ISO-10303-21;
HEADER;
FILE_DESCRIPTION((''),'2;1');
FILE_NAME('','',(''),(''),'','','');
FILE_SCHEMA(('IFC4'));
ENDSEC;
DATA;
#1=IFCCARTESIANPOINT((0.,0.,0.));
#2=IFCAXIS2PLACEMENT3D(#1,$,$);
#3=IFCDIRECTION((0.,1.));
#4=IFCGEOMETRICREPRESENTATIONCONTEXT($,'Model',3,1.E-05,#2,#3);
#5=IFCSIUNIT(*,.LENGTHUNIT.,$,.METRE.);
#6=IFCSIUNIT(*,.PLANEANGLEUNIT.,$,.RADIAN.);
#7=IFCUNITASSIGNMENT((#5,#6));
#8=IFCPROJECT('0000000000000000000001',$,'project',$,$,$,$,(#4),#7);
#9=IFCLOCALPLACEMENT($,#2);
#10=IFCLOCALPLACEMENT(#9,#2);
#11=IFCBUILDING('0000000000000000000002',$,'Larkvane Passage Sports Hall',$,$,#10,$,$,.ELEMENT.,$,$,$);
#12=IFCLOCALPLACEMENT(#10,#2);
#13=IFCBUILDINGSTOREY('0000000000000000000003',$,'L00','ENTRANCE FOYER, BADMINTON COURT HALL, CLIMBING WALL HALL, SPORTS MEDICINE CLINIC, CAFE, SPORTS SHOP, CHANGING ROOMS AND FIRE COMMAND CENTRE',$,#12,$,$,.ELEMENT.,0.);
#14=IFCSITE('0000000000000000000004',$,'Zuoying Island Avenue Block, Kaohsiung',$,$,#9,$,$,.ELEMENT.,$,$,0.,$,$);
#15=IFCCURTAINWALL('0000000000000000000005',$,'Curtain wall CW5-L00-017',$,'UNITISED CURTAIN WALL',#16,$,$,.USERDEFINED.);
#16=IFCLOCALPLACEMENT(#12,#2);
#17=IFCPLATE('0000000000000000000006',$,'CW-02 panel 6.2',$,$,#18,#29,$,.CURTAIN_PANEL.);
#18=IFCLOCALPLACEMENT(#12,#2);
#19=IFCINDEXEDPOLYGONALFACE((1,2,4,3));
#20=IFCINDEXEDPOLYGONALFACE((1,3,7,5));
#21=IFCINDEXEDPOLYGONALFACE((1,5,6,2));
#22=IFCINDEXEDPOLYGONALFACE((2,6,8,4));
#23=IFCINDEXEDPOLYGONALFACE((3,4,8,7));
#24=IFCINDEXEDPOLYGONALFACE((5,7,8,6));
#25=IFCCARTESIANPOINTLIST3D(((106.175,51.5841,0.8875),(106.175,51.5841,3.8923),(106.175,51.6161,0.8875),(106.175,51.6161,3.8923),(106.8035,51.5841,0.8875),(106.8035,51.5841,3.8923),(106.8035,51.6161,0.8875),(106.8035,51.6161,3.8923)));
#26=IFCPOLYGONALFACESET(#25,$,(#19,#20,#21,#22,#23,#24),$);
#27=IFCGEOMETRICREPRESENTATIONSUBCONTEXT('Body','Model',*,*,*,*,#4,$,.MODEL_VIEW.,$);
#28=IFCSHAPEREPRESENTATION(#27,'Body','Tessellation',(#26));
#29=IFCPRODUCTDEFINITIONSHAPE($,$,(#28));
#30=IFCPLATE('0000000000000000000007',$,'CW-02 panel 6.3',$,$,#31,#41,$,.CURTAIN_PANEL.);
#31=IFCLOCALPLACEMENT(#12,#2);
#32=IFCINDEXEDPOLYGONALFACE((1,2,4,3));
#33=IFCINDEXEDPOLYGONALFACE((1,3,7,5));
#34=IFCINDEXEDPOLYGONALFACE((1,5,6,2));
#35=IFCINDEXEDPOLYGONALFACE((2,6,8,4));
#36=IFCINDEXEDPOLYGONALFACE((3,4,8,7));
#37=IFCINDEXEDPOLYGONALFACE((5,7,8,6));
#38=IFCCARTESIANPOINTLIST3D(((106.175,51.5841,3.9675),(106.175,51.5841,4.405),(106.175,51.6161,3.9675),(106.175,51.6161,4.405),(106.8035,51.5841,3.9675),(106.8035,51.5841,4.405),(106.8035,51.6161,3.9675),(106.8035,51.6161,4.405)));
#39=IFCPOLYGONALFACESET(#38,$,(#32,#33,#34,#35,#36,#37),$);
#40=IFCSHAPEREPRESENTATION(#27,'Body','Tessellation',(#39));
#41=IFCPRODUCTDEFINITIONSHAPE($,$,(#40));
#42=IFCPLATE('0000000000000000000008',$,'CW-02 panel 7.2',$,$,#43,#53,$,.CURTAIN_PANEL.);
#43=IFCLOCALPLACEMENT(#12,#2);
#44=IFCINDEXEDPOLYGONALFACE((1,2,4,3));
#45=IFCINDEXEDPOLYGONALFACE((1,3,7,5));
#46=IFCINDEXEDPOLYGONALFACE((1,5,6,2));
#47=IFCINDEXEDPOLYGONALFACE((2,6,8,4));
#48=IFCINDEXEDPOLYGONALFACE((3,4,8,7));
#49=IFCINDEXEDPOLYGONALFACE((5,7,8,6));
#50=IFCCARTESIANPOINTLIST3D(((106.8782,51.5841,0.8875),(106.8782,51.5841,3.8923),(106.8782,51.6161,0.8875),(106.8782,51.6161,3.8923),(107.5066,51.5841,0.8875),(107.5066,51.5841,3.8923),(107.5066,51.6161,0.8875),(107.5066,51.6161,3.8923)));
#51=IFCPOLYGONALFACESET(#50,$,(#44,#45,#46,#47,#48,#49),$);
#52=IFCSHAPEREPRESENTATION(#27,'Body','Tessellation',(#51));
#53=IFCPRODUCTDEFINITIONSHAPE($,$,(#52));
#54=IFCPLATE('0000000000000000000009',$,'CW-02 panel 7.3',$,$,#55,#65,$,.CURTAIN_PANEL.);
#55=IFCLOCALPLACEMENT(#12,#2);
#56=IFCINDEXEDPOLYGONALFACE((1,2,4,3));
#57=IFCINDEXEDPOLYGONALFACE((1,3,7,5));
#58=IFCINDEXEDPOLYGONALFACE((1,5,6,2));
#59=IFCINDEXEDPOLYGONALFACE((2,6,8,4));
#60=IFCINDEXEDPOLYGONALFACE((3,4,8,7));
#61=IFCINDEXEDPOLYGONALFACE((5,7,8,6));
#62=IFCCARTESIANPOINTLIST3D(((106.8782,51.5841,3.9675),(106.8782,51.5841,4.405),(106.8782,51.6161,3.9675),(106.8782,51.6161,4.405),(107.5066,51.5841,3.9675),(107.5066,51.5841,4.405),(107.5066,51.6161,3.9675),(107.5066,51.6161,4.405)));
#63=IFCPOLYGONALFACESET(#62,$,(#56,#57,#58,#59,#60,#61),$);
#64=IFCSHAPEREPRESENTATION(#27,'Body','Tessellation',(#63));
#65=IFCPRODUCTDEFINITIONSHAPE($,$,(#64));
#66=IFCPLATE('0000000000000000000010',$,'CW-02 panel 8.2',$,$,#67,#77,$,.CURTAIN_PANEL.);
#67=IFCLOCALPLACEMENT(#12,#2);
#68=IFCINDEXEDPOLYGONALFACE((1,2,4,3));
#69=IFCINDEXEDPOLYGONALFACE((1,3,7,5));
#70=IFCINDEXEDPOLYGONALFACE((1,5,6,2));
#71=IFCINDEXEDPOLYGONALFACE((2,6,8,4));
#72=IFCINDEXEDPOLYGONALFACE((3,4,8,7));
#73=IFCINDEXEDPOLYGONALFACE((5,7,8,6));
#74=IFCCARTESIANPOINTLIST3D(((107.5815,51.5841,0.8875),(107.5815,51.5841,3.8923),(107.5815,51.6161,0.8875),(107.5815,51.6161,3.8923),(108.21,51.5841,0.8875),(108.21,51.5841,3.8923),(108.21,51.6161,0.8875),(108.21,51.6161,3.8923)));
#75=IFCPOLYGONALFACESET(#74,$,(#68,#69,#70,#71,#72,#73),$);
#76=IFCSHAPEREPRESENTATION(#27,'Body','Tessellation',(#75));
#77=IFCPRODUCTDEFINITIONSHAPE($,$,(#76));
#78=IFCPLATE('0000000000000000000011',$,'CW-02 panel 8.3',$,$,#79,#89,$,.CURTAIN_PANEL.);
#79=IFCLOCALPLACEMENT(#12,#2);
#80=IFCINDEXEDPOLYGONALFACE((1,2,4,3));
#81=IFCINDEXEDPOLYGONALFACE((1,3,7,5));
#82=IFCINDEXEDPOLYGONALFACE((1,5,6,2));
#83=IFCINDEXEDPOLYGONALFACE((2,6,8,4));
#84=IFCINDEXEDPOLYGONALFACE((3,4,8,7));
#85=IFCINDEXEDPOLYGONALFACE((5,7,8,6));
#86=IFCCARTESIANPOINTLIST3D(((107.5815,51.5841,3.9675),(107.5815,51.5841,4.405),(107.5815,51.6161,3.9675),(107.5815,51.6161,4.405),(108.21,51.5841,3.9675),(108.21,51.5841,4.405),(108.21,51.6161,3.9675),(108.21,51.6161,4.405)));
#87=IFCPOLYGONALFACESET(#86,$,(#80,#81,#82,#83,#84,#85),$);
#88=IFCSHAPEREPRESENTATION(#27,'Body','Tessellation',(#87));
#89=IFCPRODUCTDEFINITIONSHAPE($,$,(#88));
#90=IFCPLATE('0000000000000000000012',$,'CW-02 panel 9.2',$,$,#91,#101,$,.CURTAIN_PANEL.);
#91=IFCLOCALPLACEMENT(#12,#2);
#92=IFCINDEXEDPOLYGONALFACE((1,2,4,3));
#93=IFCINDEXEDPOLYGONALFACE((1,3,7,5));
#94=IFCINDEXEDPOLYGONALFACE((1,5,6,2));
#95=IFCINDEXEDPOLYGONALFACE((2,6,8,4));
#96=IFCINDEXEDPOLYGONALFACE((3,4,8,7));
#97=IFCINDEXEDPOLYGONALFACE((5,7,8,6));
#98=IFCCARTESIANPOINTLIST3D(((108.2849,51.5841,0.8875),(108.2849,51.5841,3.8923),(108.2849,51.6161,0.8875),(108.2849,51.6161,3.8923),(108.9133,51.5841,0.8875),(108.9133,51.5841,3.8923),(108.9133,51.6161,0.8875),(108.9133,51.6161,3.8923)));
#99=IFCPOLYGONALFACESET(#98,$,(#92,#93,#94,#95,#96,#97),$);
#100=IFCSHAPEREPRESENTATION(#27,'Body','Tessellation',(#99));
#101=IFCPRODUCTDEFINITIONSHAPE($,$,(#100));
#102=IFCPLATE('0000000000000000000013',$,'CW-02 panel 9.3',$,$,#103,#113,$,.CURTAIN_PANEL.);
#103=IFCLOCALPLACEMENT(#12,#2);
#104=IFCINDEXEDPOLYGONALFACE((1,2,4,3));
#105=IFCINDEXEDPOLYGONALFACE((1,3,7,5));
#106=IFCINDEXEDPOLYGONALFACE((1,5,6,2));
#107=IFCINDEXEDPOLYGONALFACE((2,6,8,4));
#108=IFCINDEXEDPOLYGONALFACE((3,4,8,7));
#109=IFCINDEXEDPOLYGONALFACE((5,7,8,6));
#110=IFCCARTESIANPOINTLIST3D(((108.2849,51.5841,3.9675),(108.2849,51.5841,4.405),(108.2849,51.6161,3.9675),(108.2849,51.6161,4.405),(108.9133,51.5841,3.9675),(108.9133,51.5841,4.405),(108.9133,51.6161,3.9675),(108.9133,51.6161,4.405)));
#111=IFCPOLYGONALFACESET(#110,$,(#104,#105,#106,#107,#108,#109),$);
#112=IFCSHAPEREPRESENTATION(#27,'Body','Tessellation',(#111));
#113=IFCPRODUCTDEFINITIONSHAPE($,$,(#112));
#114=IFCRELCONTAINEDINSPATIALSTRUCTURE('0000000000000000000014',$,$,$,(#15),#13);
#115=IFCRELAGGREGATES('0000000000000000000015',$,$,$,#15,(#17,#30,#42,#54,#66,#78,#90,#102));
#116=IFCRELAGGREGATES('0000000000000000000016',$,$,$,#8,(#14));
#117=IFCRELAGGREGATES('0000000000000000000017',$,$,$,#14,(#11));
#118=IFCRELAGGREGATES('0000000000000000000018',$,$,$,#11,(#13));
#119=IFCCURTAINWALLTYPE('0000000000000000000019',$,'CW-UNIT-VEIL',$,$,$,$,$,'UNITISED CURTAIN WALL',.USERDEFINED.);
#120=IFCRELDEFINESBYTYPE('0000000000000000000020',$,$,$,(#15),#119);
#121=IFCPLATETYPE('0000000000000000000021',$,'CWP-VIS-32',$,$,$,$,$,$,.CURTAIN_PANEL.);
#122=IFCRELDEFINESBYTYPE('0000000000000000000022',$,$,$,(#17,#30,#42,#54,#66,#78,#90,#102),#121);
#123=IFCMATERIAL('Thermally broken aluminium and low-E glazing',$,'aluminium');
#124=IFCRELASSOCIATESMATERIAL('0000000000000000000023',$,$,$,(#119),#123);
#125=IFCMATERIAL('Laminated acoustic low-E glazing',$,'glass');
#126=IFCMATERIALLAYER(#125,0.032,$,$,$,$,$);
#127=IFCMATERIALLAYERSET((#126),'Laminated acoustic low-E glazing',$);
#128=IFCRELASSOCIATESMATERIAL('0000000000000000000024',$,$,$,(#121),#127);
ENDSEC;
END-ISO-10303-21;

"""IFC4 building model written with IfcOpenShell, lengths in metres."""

from ifc_helpers import new_model, si_unit, direction, frame, origin, origin_2d, place, context, subcontext, project, spatial, rectangle, extrude, material, layer, layer_set, type_object, element, aggregate, save


model = new_model("IFC4")

# Units and contexts
model_context = context("Model", 3, precision=1e-05, world=origin(), true_north=direction((0.0, 1.0)))
body_context = subcontext(model_context, "Body", "Model", "MODEL_VIEW")
ifc_project = project(units=[si_unit("LENGTHUNIT", "METRE"), si_unit("PLANEANGLEUNIT", "RADIAN")], contexts=[model_context])

# Site, building, storey
site_placement = place(None, origin())
site = spatial("IfcSite", under=ifc_project, at=site_placement, Name="Zuoying Island Avenue Block, Kaohsiung", CompositionType="ELEMENT", RefElevation=0.0)
building_placement = place(site_placement, origin())
building = spatial("IfcBuilding", under=site, at=building_placement, Name="Larkvane Passage Sports Hall", CompositionType="ELEMENT")
storey_placement = place(building_placement, origin())
storey = spatial("IfcBuildingStorey", under=building, at=storey_placement, Name="L00", Description="ENTRANCE FOYER, BADMINTON COURT HALL, CLIMBING WALL HALL, SPORTS MEDICINE CLINIC, CAFE, SPORTS SHOP, CHANGING ROOMS AND FIRE COMMAND CENTRE", CompositionType="ELEMENT", Elevation=0.0)

# Curtain wall, plates
ifc_material_1 = material(Name="Thermally broken aluminium and low-E glazing", Category="aluminium")
curtain_wall_type = type_object("IfcCurtainWallType", Name="CW-UNIT-VEIL", ElementType="UNITISED CURTAIN WALL", PredefinedType="USERDEFINED", material=ifc_material_1)
curtain_wall_placement = place(storey_placement, origin())
curtain_wall = element("IfcCurtainWall", 1, at=curtain_wall_placement, inside=storey, type_object=curtain_wall_type, Name="Curtain wall CW5-L00-017", ObjectType="UNITISED CURTAIN WALL", PredefinedType="USERDEFINED")
ifc_material_2 = material(Name="Laminated acoustic low-E glazing", Category="glass")
ifc_layer = layer(ifc_material_2, 0.032)
ifc_layer_set = layer_set([ifc_layer], Name="Laminated acoustic low-E glazing")
plate_type = type_object("IfcPlateType", Name="CWP-VIS-32", PredefinedType="CURTAIN_PANEL", material=ifc_layer_set)
plate_1_placement = place(storey_placement, frame((106.4893, 51.6001, 0.8875), z_axis=(0.0, 0.0, 1.0), x_axis=(1.0, 0.0, 0.0)))
plate_1 = element("IfcPlate", 2, at=plate_1_placement, type_object=plate_type, Name="CW-02 panel 6.2", PredefinedType="CURTAIN_PANEL", context=body_context, shape_type="SweptSolid", body=[
    extrude(rectangle(XDim=0.6284, YDim=0.032, at=origin_2d()), origin(), (0.0, 0.0, 1.0), 3.0049),
])
plate_2_placement = place(storey_placement, frame((106.4893, 51.6001, 3.9675), z_axis=(0.0, 0.0, 1.0), x_axis=(1.0, 0.0, 0.0)))
plate_2 = element("IfcPlate", 3, at=plate_2_placement, type_object=plate_type, Name="CW-02 panel 6.3", PredefinedType="CURTAIN_PANEL", context=body_context, shape_type="SweptSolid", body=[
    extrude(rectangle(XDim=0.6284, YDim=0.032, at=origin_2d()), origin(), (0.0, 0.0, 1.0), 0.4375),
])
plate_3_placement = place(storey_placement, frame((107.1924, 51.6001, 0.8875), z_axis=(0.0, 0.0, 1.0), x_axis=(1.0, 0.0, 0.0)))
plate_3 = element("IfcPlate", 4, at=plate_3_placement, type_object=plate_type, Name="CW-02 panel 7.2", PredefinedType="CURTAIN_PANEL", context=body_context, shape_type="SweptSolid", body=[
    extrude(rectangle(XDim=0.6284, YDim=0.032, at=origin_2d()), origin(), (0.0, 0.0, 1.0), 3.0049),
])
plate_4_placement = place(storey_placement, frame((107.1924, 51.6001, 3.9675), z_axis=(0.0, 0.0, 1.0), x_axis=(1.0, 0.0, 0.0)))
plate_4 = element("IfcPlate", 5, at=plate_4_placement, type_object=plate_type, Name="CW-02 panel 7.3", PredefinedType="CURTAIN_PANEL", context=body_context, shape_type="SweptSolid", body=[
    extrude(rectangle(XDim=0.6284, YDim=0.032, at=origin_2d()), origin(), (0.0, 0.0, 1.0), 0.4375),
])
plate_5_placement = place(storey_placement, frame((107.8958, 51.6001, 0.8875), z_axis=(0.0, 0.0, 1.0), x_axis=(1.0, 0.0, 0.0)))
plate_5 = element("IfcPlate", 6, at=plate_5_placement, type_object=plate_type, Name="CW-02 panel 8.2", PredefinedType="CURTAIN_PANEL", context=body_context, shape_type="SweptSolid", body=[
    extrude(rectangle(XDim=0.6284, YDim=0.032, at=origin_2d()), origin(), (0.0, 0.0, 1.0), 3.0049),
])
plate_6_placement = place(storey_placement, frame((107.8958, 51.6001, 3.9675), z_axis=(0.0, 0.0, 1.0), x_axis=(1.0, 0.0, 0.0)))
plate_6 = element("IfcPlate", 7, at=plate_6_placement, type_object=plate_type, Name="CW-02 panel 8.3", PredefinedType="CURTAIN_PANEL", context=body_context, shape_type="SweptSolid", body=[
    extrude(rectangle(XDim=0.6284, YDim=0.032, at=origin_2d()), origin(), (0.0, 0.0, 1.0), 0.4375),
])
plate_7_placement = place(storey_placement, frame((108.5991, 51.6001, 0.8875), z_axis=(0.0, 0.0, 1.0), x_axis=(1.0, 0.0, 0.0)))
plate_7 = element("IfcPlate", 8, at=plate_7_placement, type_object=plate_type, Name="CW-02 panel 9.2", PredefinedType="CURTAIN_PANEL", context=body_context, shape_type="SweptSolid", body=[
    extrude(rectangle(XDim=0.6284, YDim=0.032, at=origin_2d()), origin(), (0.0, 0.0, 1.0), 3.0049),
])
plate_8_placement = place(storey_placement, frame((108.5991, 51.6001, 3.9675), z_axis=(0.0, 0.0, 1.0), x_axis=(1.0, 0.0, 0.0)))
plate_8 = element("IfcPlate", 9, at=plate_8_placement, type_object=plate_type, Name="CW-02 panel 9.3", PredefinedType="CURTAIN_PANEL", context=body_context, shape_type="SweptSolid", body=[
    extrude(rectangle(XDim=0.6284, YDim=0.032, at=origin_2d()), origin(), (0.0, 0.0, 1.0), 0.4375),
])
aggregate(curtain_wall, [plate_1, plate_2, plate_3, plate_4, plate_5, plate_6, plate_7, plate_8])

save(model, "model.ifc")
